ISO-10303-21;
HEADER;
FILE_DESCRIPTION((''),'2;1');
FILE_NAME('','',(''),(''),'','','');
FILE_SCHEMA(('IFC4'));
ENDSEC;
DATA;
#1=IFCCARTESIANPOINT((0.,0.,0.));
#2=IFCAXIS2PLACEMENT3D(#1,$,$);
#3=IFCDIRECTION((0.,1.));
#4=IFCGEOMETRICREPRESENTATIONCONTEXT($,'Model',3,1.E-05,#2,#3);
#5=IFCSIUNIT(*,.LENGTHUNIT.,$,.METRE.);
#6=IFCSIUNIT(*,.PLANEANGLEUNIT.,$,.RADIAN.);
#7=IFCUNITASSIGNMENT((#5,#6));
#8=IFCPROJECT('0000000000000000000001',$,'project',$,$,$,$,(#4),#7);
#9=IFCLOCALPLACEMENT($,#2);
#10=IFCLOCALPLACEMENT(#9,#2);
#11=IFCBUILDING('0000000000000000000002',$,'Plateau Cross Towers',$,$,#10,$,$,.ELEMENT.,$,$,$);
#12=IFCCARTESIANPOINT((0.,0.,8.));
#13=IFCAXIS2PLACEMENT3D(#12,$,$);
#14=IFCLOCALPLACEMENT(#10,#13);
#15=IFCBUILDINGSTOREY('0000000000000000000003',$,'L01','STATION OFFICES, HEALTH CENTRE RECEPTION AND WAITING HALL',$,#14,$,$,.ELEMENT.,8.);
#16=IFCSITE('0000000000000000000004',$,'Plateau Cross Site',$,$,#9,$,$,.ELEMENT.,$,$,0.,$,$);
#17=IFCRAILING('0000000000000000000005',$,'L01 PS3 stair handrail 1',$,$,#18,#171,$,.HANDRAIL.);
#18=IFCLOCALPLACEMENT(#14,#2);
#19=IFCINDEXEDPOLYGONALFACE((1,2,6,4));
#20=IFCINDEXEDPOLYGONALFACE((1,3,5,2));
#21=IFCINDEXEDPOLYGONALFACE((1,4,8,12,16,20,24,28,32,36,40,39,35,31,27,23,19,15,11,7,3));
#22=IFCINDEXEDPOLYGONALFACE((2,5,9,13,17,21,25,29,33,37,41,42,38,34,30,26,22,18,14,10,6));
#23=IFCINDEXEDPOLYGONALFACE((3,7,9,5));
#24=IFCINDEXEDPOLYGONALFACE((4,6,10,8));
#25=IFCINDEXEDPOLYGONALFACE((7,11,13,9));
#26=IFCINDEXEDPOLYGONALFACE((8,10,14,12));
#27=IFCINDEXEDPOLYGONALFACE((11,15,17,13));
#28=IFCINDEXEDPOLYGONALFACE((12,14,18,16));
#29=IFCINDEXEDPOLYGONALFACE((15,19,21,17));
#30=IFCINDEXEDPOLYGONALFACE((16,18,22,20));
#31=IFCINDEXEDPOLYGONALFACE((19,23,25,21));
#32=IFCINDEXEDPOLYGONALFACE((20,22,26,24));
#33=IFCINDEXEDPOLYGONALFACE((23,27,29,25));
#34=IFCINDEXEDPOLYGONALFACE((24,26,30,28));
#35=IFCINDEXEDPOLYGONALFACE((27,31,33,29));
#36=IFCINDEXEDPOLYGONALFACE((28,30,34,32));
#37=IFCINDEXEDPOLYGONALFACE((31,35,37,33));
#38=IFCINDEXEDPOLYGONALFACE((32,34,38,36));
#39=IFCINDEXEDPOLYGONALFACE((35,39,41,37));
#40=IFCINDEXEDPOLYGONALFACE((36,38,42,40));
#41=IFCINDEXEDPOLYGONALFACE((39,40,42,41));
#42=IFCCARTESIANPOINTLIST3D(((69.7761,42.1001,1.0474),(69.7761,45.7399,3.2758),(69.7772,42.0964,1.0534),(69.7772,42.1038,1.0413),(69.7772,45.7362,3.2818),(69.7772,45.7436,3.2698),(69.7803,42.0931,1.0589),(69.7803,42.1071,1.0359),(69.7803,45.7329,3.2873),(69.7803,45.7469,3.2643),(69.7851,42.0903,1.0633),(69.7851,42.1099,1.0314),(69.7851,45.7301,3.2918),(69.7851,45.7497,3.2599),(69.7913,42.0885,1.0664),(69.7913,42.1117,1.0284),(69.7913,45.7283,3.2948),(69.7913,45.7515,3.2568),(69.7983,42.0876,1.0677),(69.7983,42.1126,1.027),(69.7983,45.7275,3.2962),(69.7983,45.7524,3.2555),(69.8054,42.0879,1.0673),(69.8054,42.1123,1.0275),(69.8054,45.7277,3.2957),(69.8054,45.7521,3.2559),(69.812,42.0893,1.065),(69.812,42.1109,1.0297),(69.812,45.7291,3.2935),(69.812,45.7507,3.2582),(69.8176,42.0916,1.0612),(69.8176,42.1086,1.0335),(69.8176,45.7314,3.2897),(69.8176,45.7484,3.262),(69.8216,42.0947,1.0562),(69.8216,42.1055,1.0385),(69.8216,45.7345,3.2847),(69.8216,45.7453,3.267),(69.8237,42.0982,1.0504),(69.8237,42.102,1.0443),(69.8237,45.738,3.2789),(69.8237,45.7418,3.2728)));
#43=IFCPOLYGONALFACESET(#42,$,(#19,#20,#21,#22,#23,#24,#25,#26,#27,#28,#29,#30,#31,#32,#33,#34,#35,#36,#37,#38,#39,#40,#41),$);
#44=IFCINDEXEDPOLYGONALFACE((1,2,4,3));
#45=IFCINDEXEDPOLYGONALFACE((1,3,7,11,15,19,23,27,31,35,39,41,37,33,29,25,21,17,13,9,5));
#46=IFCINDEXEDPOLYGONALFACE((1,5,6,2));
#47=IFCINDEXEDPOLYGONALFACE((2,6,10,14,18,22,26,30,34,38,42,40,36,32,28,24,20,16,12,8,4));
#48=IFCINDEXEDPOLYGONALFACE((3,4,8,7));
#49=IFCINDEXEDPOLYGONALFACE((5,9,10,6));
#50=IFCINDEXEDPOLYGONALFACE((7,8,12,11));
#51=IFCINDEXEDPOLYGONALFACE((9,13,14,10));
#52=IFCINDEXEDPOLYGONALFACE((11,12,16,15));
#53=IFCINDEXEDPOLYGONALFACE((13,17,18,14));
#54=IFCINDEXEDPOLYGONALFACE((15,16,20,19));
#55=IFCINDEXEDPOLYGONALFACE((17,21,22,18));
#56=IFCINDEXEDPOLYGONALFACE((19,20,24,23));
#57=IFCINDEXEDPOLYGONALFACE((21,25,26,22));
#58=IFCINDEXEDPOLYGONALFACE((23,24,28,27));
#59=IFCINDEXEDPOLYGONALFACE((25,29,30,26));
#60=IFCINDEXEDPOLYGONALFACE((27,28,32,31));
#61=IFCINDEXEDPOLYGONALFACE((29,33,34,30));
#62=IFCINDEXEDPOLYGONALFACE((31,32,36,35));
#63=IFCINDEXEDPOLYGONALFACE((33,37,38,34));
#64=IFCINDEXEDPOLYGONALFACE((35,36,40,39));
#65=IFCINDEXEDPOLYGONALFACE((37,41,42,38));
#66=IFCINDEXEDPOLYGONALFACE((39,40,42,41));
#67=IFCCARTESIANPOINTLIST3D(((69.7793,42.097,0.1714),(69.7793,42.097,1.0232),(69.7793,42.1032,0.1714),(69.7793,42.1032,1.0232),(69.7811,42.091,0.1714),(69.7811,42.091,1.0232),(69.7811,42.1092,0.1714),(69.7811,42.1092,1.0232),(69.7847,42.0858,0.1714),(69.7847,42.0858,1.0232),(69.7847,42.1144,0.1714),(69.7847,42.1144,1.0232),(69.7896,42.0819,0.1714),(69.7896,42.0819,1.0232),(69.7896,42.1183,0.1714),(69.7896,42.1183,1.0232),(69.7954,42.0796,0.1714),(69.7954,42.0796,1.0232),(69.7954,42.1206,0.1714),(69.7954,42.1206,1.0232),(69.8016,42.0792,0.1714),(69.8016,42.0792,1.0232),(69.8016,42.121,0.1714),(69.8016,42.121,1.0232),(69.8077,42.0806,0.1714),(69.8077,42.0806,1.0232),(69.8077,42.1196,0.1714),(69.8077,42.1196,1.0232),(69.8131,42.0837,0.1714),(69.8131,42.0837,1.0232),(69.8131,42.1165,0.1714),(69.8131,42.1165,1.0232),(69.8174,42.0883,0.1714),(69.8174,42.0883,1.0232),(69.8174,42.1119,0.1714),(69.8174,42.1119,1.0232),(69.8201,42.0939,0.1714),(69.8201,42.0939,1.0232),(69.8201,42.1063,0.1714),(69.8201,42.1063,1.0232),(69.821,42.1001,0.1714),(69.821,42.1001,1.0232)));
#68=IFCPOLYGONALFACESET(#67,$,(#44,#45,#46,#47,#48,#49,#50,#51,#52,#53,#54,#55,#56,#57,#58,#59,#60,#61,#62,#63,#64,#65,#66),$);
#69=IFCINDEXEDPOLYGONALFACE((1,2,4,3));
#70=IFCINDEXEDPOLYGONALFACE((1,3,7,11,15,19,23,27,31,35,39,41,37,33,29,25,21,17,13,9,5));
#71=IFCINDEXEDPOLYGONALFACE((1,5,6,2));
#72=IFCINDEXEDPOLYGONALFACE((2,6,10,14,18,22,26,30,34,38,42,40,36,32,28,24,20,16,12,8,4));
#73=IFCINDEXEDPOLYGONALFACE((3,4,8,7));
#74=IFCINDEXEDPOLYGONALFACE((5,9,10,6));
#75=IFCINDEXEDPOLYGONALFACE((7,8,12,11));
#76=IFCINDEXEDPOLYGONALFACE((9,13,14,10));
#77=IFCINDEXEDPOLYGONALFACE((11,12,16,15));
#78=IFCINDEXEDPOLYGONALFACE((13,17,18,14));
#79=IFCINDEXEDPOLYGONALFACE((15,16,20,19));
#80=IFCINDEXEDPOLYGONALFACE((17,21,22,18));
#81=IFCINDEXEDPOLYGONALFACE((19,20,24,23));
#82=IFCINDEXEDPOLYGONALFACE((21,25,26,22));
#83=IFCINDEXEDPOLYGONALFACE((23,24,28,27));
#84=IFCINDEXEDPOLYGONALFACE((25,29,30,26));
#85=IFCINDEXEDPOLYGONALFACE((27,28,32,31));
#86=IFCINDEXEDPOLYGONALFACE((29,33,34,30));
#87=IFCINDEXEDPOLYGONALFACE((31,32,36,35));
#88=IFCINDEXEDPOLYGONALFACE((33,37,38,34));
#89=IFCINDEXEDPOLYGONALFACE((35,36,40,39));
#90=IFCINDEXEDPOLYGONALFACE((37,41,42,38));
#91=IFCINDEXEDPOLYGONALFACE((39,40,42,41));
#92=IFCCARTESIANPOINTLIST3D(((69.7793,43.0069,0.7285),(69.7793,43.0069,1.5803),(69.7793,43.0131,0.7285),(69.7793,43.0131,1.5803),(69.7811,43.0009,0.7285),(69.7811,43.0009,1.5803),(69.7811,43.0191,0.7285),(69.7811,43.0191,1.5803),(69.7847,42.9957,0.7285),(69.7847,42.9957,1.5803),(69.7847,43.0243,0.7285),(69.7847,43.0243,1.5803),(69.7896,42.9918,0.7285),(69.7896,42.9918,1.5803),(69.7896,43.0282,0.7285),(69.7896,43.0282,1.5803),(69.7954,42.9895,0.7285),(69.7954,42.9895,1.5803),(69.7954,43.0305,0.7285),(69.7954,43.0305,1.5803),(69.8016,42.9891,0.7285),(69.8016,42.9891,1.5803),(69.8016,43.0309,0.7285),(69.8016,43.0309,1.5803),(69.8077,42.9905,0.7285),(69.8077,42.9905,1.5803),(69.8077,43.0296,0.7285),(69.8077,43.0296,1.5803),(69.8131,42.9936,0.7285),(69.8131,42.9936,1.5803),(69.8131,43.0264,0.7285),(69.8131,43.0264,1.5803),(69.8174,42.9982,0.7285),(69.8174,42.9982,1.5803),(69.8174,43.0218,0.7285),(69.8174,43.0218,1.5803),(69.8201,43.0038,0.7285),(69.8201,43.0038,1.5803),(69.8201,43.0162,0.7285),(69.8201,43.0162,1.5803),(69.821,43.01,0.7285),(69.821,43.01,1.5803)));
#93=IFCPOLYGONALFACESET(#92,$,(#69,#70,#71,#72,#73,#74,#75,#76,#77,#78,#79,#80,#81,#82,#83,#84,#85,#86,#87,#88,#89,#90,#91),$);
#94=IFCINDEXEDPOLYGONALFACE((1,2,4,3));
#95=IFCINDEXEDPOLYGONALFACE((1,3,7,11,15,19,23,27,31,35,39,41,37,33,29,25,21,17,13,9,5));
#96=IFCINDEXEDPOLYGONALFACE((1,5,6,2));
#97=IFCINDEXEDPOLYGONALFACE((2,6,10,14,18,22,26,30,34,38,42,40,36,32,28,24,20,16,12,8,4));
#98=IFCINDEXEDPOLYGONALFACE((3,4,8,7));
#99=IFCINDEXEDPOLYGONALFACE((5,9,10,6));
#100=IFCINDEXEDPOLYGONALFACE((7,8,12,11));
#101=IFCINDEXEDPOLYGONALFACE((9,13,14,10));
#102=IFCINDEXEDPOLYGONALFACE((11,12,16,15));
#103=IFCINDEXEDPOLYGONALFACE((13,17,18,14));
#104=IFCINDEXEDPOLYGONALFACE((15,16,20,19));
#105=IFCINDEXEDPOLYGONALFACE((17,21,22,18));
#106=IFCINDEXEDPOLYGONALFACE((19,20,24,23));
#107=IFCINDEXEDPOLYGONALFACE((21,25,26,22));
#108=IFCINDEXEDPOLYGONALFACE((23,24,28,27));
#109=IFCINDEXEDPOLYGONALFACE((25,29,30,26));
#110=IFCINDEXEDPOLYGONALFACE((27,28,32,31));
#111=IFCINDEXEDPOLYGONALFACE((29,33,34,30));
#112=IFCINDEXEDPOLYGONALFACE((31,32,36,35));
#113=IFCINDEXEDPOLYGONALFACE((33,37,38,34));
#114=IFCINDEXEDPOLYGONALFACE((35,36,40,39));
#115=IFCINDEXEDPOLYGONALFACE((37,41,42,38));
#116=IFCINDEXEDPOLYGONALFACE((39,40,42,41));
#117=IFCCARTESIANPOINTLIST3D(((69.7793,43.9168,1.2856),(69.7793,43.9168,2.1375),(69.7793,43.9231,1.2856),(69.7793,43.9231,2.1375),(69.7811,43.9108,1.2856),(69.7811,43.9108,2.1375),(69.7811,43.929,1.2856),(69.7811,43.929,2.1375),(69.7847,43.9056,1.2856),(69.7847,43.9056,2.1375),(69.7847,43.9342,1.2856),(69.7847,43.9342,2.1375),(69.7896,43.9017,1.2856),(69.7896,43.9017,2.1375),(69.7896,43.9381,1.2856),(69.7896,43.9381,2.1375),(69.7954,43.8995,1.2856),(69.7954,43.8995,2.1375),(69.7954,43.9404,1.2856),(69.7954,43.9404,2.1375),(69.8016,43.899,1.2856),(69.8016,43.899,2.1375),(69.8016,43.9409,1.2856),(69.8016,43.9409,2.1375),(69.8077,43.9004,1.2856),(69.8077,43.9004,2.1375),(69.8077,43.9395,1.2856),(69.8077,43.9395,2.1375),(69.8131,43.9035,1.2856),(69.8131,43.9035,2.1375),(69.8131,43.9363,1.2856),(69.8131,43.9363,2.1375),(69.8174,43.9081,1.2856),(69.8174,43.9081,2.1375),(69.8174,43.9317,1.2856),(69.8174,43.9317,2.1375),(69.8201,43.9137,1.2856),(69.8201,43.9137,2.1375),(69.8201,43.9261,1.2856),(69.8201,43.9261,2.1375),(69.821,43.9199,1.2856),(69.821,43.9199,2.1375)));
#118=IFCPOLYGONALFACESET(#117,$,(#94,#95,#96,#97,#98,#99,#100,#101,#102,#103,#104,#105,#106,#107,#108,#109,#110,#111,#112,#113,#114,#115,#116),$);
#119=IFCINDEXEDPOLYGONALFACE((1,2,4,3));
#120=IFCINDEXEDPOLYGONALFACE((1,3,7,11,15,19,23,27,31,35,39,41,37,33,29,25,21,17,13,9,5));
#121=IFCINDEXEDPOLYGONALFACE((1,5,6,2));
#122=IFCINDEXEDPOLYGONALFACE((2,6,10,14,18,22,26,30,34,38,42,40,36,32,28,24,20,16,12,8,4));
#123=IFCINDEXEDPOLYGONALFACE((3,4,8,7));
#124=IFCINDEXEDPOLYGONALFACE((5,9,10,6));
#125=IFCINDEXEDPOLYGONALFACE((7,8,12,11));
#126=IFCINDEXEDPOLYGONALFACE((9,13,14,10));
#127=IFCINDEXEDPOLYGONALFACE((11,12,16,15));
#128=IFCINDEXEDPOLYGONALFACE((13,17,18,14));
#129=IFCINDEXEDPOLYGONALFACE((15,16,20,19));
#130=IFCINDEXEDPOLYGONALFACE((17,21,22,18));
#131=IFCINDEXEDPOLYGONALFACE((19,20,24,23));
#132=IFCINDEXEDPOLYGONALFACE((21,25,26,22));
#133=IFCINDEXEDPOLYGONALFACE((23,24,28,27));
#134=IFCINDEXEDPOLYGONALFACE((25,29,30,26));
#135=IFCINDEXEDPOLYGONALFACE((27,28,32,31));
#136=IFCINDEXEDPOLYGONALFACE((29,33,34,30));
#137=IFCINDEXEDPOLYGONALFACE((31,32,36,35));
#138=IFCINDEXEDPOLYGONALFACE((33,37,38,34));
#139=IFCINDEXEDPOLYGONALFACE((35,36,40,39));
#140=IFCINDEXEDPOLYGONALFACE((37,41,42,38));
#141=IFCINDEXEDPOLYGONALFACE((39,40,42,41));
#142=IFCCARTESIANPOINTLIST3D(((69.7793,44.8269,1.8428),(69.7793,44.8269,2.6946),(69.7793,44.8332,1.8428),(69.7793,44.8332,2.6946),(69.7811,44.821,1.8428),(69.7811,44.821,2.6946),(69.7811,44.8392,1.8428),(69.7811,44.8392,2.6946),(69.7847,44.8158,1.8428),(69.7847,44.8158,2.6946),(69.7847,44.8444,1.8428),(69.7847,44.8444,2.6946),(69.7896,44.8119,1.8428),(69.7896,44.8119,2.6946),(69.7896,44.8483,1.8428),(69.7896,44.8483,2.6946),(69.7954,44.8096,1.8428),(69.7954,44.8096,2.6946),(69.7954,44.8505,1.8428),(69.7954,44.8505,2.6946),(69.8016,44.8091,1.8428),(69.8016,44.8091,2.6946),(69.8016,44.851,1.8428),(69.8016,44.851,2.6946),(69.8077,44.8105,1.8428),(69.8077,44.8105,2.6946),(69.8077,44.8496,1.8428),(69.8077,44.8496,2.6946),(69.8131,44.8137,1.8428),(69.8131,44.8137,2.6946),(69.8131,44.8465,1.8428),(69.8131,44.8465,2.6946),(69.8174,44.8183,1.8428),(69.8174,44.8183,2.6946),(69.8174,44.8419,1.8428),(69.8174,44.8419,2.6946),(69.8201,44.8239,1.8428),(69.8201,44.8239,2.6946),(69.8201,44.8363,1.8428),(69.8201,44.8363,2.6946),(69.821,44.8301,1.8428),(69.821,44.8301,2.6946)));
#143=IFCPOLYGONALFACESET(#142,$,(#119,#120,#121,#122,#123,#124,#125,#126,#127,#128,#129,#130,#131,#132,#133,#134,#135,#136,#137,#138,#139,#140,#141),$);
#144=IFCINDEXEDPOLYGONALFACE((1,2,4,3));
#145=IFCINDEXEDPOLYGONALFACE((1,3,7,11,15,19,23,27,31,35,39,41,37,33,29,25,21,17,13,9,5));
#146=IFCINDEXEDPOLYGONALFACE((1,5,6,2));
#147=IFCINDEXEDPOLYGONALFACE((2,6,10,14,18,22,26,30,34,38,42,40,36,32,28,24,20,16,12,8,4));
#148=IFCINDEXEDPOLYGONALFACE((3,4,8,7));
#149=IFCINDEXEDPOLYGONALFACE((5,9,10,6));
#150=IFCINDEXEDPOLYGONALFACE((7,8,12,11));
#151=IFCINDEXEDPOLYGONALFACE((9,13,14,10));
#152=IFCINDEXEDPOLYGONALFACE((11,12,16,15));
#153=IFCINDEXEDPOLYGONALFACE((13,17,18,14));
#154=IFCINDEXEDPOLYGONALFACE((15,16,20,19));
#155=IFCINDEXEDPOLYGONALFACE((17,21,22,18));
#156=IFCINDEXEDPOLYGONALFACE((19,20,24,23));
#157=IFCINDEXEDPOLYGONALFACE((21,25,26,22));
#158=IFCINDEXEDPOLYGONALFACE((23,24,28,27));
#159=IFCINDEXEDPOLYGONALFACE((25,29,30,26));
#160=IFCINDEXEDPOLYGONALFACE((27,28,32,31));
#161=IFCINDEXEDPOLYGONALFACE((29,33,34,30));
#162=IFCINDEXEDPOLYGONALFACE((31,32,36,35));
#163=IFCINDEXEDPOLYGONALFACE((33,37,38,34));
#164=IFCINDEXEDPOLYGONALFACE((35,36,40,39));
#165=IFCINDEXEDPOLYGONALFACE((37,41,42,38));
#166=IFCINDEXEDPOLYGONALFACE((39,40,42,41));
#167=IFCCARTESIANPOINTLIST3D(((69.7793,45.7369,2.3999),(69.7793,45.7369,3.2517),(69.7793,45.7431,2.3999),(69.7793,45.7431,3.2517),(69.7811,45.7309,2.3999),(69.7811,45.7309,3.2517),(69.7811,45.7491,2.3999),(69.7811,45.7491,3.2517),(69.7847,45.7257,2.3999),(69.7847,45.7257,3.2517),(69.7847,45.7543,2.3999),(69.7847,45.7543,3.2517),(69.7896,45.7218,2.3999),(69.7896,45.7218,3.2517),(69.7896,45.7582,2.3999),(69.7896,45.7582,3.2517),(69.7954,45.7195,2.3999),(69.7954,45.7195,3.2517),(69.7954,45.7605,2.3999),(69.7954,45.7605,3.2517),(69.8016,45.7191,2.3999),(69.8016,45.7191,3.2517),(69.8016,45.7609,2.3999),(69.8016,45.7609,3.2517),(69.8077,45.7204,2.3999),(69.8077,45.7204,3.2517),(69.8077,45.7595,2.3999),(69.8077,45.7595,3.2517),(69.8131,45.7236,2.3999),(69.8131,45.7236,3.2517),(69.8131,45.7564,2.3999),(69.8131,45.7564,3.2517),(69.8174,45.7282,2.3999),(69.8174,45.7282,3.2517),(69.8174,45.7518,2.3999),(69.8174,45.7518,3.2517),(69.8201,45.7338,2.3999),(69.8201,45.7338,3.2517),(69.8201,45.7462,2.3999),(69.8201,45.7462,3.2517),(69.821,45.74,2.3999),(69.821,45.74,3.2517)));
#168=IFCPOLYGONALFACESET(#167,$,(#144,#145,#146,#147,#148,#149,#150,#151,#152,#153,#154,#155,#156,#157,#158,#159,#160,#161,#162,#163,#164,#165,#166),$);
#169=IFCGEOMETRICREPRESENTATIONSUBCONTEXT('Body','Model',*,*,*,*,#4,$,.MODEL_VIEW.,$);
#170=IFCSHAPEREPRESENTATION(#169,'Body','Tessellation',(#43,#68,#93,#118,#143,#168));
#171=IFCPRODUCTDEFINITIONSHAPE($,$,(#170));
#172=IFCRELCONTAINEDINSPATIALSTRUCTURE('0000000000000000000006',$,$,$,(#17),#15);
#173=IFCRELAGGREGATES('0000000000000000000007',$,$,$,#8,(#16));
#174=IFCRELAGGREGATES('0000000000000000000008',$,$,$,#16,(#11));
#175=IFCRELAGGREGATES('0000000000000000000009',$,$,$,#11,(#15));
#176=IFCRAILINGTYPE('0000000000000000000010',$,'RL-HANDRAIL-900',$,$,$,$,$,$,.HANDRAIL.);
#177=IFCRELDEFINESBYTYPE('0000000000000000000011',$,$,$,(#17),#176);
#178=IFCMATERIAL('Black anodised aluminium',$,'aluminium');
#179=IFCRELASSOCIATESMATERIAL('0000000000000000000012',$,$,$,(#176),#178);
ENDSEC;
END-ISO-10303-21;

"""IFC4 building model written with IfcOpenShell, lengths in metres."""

from ifc_helpers import new_model, si_unit, direction, frame, origin, origin_2d, place, context, subcontext, project, spatial, circle, extrude, material, type_object, element, save


model = new_model("IFC4")

# Units and contexts
model_context = context("Model", 3, precision=1e-05, world=origin(), true_north=direction((0.0, 1.0)))
body_context = subcontext(model_context, "Body", "Model", "MODEL_VIEW")
ifc_project = project(units=[si_unit("LENGTHUNIT", "METRE"), si_unit("PLANEANGLEUNIT", "RADIAN")], contexts=[model_context])

# Site, building, storey
site_placement = place(None, origin())
site = spatial("IfcSite", under=ifc_project, at=site_placement, Name="Plateau Cross Site", CompositionType="ELEMENT", RefElevation=0.0)
building_placement = place(site_placement, origin())
building = spatial("IfcBuilding", under=site, at=building_placement, Name="Plateau Cross Towers", CompositionType="ELEMENT")
storey_placement = place(building_placement, frame((0.0, 0.0, 8.0)))
storey = spatial("IfcBuildingStorey", under=building, at=storey_placement, Name="L01", Description="STATION OFFICES, HEALTH CENTRE RECEPTION AND WAITING HALL", CompositionType="ELEMENT", Elevation=8.0)

# Shared definitions
ifc_material_1 = material(Name="Black anodised aluminium", Category="aluminium")

# Railing
railing_type_1 = type_object("IfcRailingType", Name="RL-HANDRAIL-900", PredefinedType="HANDRAIL", material=ifc_material_1)
railing_1_placement = place(storey_placement, frame((69.8, 42.1001, 0.1714)))
element("IfcRailing", 1, at=railing_1_placement, inside=storey, type_object=railing_type_1, Name="L01 PS3 stair handrail 1", PredefinedType="HANDRAIL", context=body_context, shape_type="SweptSolid", body=[
    extrude(circle(Radius=0.0239, at=origin_2d()), frame((0.0, 0.0, 0.876), z_axis=(0.0, 0.85285, 0.522156), x_axis=(-1.0, 0.0, 0.0)), (0.0, 0.0, 1.0), 4.2678),
    extrude(circle(Radius=0.021, at=origin_2d()), origin(), (0.0, 0.0, 1.0), 0.8518),
    extrude(circle(Radius=0.021, at=origin_2d()), frame((0.0, 0.9099, 0.5571)), (0.0, 0.0, 1.0), 0.8518),
    extrude(circle(Radius=0.021, at=origin_2d()), frame((0.0, 1.8198, 1.1143)), (0.0, 0.0, 1.0), 0.8518),
    extrude(circle(Radius=0.021, at=origin_2d()), frame((0.0, 2.73, 1.6714)), (0.0, 0.0, 1.0), 0.8518),
    extrude(circle(Radius=0.021, at=origin_2d()), frame((0.0, 3.6399, 2.2285)), (0.0, 0.0, 1.0), 0.8518),
])

save(model, "model.ifc")
